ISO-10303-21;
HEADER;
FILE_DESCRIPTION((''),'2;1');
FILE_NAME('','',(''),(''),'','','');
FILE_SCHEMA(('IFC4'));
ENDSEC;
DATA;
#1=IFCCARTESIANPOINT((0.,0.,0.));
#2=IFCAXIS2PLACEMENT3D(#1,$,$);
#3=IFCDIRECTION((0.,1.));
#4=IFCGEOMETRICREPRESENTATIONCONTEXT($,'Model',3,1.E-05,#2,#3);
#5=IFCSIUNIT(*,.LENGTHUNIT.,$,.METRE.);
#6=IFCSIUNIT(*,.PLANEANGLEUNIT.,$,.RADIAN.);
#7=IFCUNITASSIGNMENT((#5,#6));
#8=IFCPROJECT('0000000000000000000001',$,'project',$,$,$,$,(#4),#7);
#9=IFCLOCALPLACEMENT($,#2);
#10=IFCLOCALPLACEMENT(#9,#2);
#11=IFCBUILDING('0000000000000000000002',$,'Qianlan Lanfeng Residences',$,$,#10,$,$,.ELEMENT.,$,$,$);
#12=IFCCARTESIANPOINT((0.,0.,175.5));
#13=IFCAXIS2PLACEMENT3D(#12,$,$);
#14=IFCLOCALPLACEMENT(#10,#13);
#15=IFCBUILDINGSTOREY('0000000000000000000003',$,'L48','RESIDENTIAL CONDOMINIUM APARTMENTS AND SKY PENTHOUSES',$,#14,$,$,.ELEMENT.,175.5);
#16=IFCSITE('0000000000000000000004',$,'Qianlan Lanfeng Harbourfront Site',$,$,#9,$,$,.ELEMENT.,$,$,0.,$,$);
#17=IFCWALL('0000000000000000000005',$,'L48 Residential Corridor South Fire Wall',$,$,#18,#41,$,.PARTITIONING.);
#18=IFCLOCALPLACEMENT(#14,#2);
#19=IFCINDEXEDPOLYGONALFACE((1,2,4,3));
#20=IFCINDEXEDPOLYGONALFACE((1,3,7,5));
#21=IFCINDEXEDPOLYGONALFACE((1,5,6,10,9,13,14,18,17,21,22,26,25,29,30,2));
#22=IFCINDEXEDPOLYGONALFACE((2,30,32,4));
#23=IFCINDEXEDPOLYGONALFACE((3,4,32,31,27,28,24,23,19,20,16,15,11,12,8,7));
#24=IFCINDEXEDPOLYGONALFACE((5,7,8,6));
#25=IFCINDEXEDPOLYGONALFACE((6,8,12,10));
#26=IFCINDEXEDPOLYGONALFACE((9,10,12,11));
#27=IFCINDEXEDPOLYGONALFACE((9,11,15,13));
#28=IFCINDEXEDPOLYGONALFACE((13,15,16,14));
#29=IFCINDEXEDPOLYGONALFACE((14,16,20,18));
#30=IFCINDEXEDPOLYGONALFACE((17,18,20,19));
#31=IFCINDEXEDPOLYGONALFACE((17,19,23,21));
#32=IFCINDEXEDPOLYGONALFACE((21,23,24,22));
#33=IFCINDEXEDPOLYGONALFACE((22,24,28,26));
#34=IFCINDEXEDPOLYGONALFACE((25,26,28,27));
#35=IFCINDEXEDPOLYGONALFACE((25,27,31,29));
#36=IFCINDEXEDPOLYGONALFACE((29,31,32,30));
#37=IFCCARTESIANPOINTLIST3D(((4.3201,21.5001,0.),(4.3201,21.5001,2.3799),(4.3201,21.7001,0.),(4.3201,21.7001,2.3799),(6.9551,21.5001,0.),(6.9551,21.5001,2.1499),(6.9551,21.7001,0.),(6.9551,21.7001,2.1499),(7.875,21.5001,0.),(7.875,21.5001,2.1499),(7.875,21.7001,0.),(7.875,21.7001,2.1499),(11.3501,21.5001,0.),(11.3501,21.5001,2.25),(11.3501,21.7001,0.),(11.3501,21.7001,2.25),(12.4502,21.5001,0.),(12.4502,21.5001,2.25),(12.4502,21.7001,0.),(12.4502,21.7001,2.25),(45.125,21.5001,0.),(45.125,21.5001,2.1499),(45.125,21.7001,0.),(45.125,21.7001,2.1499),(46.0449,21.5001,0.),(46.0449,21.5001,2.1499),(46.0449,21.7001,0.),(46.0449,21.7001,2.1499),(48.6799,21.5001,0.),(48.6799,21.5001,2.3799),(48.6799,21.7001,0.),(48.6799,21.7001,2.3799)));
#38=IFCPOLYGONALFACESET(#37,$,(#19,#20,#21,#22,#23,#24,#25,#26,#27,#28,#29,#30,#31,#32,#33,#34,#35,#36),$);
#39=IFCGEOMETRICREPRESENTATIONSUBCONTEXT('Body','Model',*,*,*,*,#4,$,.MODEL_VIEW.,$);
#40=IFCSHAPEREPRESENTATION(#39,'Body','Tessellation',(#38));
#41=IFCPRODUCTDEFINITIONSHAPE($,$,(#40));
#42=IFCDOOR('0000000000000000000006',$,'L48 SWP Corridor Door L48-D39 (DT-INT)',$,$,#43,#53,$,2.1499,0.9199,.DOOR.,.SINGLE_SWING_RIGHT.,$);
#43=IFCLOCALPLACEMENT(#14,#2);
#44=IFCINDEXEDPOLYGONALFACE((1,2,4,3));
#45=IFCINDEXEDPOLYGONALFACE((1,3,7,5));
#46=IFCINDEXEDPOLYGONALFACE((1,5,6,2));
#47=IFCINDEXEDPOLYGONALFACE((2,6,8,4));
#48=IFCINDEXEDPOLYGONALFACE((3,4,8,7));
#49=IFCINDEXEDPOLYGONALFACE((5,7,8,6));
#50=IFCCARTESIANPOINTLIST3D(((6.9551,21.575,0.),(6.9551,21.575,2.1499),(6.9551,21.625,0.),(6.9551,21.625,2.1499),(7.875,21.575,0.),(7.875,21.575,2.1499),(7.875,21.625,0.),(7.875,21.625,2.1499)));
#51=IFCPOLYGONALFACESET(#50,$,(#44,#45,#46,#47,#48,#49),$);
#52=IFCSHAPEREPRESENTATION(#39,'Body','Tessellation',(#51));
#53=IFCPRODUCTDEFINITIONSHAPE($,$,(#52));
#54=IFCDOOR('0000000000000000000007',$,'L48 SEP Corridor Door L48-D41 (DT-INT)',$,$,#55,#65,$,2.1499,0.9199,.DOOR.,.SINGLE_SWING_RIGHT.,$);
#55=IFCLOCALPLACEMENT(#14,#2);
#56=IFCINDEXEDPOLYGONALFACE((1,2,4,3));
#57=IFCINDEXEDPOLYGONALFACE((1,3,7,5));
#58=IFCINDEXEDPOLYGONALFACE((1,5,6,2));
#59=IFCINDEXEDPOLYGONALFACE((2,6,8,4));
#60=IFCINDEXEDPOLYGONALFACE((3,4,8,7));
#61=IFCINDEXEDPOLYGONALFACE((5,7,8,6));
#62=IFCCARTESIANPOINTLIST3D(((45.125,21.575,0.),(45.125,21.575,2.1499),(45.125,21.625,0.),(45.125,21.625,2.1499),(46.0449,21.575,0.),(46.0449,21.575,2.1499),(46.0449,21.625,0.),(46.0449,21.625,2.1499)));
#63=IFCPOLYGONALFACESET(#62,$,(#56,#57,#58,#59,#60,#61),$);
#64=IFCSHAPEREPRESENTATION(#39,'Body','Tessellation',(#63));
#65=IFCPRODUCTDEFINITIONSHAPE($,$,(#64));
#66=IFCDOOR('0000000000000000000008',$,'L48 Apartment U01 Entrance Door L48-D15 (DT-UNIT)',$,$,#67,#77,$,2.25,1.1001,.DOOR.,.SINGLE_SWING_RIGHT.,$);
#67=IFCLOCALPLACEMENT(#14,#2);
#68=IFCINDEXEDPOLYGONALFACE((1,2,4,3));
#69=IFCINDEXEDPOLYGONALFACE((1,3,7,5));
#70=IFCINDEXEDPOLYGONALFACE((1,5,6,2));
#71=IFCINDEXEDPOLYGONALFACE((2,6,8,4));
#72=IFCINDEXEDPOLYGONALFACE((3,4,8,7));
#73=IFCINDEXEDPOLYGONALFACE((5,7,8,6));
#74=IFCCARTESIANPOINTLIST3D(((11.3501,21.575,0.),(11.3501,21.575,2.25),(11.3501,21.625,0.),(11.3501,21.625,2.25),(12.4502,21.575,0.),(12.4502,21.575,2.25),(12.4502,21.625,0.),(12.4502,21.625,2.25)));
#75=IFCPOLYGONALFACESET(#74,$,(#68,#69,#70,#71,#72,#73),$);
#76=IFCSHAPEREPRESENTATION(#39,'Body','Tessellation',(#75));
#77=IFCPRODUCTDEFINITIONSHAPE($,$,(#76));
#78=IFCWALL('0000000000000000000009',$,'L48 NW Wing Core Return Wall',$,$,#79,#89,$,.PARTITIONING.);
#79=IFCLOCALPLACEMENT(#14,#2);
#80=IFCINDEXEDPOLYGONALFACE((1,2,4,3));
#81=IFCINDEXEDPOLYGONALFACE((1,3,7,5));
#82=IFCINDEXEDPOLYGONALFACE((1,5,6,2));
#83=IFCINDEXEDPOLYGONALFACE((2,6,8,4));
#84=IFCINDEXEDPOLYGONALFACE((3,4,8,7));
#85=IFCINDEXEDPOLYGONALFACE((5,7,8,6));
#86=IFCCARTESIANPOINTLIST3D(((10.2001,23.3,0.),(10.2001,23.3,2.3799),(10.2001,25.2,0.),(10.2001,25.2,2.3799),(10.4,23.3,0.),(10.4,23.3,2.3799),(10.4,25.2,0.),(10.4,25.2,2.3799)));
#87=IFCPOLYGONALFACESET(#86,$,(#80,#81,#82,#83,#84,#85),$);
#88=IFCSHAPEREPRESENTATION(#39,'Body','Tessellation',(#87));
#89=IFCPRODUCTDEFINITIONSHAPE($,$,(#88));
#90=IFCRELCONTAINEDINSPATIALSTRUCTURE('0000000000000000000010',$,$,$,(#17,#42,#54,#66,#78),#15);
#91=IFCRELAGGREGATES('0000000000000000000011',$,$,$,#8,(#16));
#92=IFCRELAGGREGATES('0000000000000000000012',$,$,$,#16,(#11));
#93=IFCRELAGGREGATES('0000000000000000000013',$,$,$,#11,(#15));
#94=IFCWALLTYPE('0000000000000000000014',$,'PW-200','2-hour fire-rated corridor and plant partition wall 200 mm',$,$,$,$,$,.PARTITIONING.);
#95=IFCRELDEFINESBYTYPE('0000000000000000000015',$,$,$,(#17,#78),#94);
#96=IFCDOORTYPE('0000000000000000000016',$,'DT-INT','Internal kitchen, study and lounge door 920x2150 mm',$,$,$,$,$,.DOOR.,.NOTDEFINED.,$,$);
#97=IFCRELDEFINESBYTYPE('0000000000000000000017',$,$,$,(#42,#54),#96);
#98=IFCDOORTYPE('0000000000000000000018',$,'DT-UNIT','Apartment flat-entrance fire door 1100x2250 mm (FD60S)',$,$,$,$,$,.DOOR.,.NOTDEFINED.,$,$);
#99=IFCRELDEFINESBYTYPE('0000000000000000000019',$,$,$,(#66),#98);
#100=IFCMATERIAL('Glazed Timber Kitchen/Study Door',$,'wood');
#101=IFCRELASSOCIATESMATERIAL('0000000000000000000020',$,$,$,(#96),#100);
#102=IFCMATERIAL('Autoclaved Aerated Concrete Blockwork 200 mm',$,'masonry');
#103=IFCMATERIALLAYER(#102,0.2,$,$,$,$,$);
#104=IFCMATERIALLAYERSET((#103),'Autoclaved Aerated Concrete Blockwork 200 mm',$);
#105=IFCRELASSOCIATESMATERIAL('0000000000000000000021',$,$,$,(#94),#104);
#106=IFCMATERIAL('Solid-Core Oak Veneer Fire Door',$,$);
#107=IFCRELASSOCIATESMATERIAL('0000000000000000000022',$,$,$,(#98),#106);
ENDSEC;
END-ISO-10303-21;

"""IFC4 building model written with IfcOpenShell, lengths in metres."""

from ifc_helpers import new_model, si_unit, direction, frame, frame_2d, origin, place, context, subcontext, project, spatial, rectangle, extrude, material, layer, layer_set, type_object, element, fill, save


model = new_model("IFC4")

# Units and contexts
model_context = context("Model", 3, precision=1e-05, world=origin(), true_north=direction((0.0, 1.0)))
body_context = subcontext(model_context, "Body", "Model", "MODEL_VIEW")
ifc_project = project(units=[si_unit("LENGTHUNIT", "METRE"), si_unit("PLANEANGLEUNIT", "RADIAN")], contexts=[model_context])

# Site, building, storey
site_placement = place(None, origin())
site = spatial("IfcSite", under=ifc_project, at=site_placement, Name="Qianlan Lanfeng Harbourfront Site", CompositionType="ELEMENT", RefElevation=0.0)
building_placement = place(site_placement, origin())
building = spatial("IfcBuilding", under=site, at=building_placement, Name="Qianlan Lanfeng Residences", CompositionType="ELEMENT")
storey_placement = place(building_placement, frame((0.0, 0.0, 175.5)))
storey = spatial("IfcBuildingStorey", under=building, at=storey_placement, Name="L48", Description="RESIDENTIAL CONDOMINIUM APARTMENTS AND SKY PENTHOUSES", CompositionType="ELEMENT", Elevation=175.5)

# Shared definitions
ifc_material_1 = material(Name="Glazed Timber Kitchen/Study Door", Category="wood")
door_type_1 = type_object("IfcDoorType", Name="DT-INT", Description="Internal kitchen, study and lounge door 920x2150 mm", OperationType="NOTDEFINED", PredefinedType="DOOR", material=ifc_material_1)

# Wall, openings, doors
ifc_material_2 = material(Name="Autoclaved Aerated Concrete Blockwork 200 mm", Category="masonry")
ifc_layer_1 = layer(ifc_material_2, 0.2)
ifc_layer_set_1 = layer_set([ifc_layer_1], Name="Autoclaved Aerated Concrete Blockwork 200 mm")
wall_type_1 = type_object("IfcWallType", Name="PW-200", Description="2-hour fire-rated corridor and plant partition wall 200 mm", PredefinedType="PARTITIONING", material=ifc_layer_set_1)
wall_1_placement = place(storey_placement, frame((4.3201, 21.6001, 0.0), z_axis=(0.0, 0.0, 1.0), x_axis=(1.0, 0.0, 0.0)))
wall_1 = element("IfcWall", 1, at=wall_1_placement, inside=storey, type_object=wall_type_1, Name="L48 Residential Corridor South Fire Wall", PredefinedType="PARTITIONING", context=body_context, shape_type="SweptSolid", body=[
    extrude(rectangle(XDim=44.3599, YDim=0.2, at=frame_2d((22.1799, 0.0))), origin(), (0.0, 0.0, 1.0), 2.3799),
])
opening_1_placement = place(wall_1_placement, frame((7.03, 0.0, 0.0)))
opening_1 = element("IfcOpeningElement", 2, at=opening_1_placement, cuts=wall_1, PredefinedType="OPENING", context=body_context, shape_type="SweptSolid", body=[
    extrude(rectangle(XDim=1.1001, YDim=2.25, at=frame_2d((0.55, 1.125))), frame((0.0, 0.1099, 0.0), z_axis=(0.0, -1.0, 0.0), x_axis=(1.0, 0.0, 0.0)), (0.0, 0.0, 1.0), 0.22),
])
opening_2_placement = place(wall_1_placement, frame((2.635, 0.0, 0.0)))
opening_2 = element("IfcOpeningElement", 3, at=opening_2_placement, cuts=wall_1, PredefinedType="OPENING", context=body_context, shape_type="SweptSolid", body=[
    extrude(rectangle(XDim=0.9199, YDim=2.1499, at=frame_2d((0.46, 1.075))), frame((0.0, 0.1099, 0.0), z_axis=(0.0, -1.0, 0.0), x_axis=(1.0, 0.0, 0.0)), (0.0, 0.0, 1.0), 0.22),
])
opening_3_placement = place(wall_1_placement, frame((40.8049, 0.0, 0.0)))
opening_3 = element("IfcOpeningElement", 4, at=opening_3_placement, cuts=wall_1, PredefinedType="OPENING", context=body_context, shape_type="SweptSolid", body=[
    extrude(rectangle(XDim=0.9199, YDim=2.1499, at=frame_2d((0.46, 1.075))), frame((0.0, 0.1099, 0.0), z_axis=(0.0, -1.0, 0.0), x_axis=(1.0, 0.0, 0.0)), (0.0, 0.0, 1.0), 0.22),
])
door_1_placement = place(opening_2_placement, origin())
door_1 = element("IfcDoor", 5, at=door_1_placement, inside=storey, type_object=door_type_1, Name="L48 SWP Corridor Door L48-D39 (DT-INT)", OperationType="SINGLE_SWING_RIGHT", OverallHeight=2.1499, OverallWidth=0.9199, PredefinedType="DOOR", context=body_context, shape_type="SweptSolid", body=[
    extrude(rectangle(XDim=0.9199, YDim=2.1499, at=frame_2d((0.46, 1.075))), frame((0.0, 0.0249, 0.0), z_axis=(0.0, -1.0, 0.0), x_axis=(1.0, 0.0, 0.0)), (0.0, 0.0, 1.0), 0.05),
])
fill(opening_2, door_1)
door_2_placement = place(opening_3_placement, origin())
door_2 = element("IfcDoor", 6, at=door_2_placement, inside=storey, type_object=door_type_1, Name="L48 SEP Corridor Door L48-D41 (DT-INT)", OperationType="SINGLE_SWING_RIGHT", OverallHeight=2.1499, OverallWidth=0.9199, PredefinedType="DOOR", context=body_context, shape_type="SweptSolid", body=[
    extrude(rectangle(XDim=0.9199, YDim=2.1499, at=frame_2d((0.46, 1.075))), frame((0.0, 0.0249, 0.0), z_axis=(0.0, -1.0, 0.0), x_axis=(1.0, 0.0, 0.0)), (0.0, 0.0, 1.0), 0.05),
])
fill(opening_3, door_2)
ifc_material_3 = material(Name="Solid-Core Oak Veneer Fire Door")
door_type_2 = type_object("IfcDoorType", Name="DT-UNIT", Description="Apartment flat-entrance fire door 1100x2250 mm (FD60S)", OperationType="NOTDEFINED", PredefinedType="DOOR", material=ifc_material_3)
door_3_placement = place(opening_1_placement, origin())
door_3 = element("IfcDoor", 7, at=door_3_placement, inside=storey, type_object=door_type_2, Name="L48 Apartment U01 Entrance Door L48-D15 (DT-UNIT)", OperationType="SINGLE_SWING_RIGHT", OverallHeight=2.25, OverallWidth=1.1001, PredefinedType="DOOR", context=body_context, shape_type="SweptSolid", body=[
    extrude(rectangle(XDim=1.1001, YDim=2.25, at=frame_2d((0.55, 1.125))), frame((0.0, 0.0249, 0.0), z_axis=(0.0, -1.0, 0.0), x_axis=(1.0, 0.0, 0.0)), (0.0, 0.0, 1.0), 0.05),
])
fill(opening_1, door_3)

# Wall
wall_2_placement = place(storey_placement, frame((10.3, 23.3, 0.0), z_axis=(0.0, 0.0, 1.0), x_axis=(0.0, 1.0, 0.0)))
element("IfcWall", 8, at=wall_2_placement, inside=storey, type_object=wall_type_1, Name="L48 NW Wing Core Return Wall", PredefinedType="PARTITIONING", context=body_context, shape_type="SweptSolid", body=[
    extrude(rectangle(XDim=1.8999, YDim=0.2, at=frame_2d((0.95, 0.0))), origin(), (0.0, 0.0, 1.0), 2.3799),
])

save(model, "model.ifc")
